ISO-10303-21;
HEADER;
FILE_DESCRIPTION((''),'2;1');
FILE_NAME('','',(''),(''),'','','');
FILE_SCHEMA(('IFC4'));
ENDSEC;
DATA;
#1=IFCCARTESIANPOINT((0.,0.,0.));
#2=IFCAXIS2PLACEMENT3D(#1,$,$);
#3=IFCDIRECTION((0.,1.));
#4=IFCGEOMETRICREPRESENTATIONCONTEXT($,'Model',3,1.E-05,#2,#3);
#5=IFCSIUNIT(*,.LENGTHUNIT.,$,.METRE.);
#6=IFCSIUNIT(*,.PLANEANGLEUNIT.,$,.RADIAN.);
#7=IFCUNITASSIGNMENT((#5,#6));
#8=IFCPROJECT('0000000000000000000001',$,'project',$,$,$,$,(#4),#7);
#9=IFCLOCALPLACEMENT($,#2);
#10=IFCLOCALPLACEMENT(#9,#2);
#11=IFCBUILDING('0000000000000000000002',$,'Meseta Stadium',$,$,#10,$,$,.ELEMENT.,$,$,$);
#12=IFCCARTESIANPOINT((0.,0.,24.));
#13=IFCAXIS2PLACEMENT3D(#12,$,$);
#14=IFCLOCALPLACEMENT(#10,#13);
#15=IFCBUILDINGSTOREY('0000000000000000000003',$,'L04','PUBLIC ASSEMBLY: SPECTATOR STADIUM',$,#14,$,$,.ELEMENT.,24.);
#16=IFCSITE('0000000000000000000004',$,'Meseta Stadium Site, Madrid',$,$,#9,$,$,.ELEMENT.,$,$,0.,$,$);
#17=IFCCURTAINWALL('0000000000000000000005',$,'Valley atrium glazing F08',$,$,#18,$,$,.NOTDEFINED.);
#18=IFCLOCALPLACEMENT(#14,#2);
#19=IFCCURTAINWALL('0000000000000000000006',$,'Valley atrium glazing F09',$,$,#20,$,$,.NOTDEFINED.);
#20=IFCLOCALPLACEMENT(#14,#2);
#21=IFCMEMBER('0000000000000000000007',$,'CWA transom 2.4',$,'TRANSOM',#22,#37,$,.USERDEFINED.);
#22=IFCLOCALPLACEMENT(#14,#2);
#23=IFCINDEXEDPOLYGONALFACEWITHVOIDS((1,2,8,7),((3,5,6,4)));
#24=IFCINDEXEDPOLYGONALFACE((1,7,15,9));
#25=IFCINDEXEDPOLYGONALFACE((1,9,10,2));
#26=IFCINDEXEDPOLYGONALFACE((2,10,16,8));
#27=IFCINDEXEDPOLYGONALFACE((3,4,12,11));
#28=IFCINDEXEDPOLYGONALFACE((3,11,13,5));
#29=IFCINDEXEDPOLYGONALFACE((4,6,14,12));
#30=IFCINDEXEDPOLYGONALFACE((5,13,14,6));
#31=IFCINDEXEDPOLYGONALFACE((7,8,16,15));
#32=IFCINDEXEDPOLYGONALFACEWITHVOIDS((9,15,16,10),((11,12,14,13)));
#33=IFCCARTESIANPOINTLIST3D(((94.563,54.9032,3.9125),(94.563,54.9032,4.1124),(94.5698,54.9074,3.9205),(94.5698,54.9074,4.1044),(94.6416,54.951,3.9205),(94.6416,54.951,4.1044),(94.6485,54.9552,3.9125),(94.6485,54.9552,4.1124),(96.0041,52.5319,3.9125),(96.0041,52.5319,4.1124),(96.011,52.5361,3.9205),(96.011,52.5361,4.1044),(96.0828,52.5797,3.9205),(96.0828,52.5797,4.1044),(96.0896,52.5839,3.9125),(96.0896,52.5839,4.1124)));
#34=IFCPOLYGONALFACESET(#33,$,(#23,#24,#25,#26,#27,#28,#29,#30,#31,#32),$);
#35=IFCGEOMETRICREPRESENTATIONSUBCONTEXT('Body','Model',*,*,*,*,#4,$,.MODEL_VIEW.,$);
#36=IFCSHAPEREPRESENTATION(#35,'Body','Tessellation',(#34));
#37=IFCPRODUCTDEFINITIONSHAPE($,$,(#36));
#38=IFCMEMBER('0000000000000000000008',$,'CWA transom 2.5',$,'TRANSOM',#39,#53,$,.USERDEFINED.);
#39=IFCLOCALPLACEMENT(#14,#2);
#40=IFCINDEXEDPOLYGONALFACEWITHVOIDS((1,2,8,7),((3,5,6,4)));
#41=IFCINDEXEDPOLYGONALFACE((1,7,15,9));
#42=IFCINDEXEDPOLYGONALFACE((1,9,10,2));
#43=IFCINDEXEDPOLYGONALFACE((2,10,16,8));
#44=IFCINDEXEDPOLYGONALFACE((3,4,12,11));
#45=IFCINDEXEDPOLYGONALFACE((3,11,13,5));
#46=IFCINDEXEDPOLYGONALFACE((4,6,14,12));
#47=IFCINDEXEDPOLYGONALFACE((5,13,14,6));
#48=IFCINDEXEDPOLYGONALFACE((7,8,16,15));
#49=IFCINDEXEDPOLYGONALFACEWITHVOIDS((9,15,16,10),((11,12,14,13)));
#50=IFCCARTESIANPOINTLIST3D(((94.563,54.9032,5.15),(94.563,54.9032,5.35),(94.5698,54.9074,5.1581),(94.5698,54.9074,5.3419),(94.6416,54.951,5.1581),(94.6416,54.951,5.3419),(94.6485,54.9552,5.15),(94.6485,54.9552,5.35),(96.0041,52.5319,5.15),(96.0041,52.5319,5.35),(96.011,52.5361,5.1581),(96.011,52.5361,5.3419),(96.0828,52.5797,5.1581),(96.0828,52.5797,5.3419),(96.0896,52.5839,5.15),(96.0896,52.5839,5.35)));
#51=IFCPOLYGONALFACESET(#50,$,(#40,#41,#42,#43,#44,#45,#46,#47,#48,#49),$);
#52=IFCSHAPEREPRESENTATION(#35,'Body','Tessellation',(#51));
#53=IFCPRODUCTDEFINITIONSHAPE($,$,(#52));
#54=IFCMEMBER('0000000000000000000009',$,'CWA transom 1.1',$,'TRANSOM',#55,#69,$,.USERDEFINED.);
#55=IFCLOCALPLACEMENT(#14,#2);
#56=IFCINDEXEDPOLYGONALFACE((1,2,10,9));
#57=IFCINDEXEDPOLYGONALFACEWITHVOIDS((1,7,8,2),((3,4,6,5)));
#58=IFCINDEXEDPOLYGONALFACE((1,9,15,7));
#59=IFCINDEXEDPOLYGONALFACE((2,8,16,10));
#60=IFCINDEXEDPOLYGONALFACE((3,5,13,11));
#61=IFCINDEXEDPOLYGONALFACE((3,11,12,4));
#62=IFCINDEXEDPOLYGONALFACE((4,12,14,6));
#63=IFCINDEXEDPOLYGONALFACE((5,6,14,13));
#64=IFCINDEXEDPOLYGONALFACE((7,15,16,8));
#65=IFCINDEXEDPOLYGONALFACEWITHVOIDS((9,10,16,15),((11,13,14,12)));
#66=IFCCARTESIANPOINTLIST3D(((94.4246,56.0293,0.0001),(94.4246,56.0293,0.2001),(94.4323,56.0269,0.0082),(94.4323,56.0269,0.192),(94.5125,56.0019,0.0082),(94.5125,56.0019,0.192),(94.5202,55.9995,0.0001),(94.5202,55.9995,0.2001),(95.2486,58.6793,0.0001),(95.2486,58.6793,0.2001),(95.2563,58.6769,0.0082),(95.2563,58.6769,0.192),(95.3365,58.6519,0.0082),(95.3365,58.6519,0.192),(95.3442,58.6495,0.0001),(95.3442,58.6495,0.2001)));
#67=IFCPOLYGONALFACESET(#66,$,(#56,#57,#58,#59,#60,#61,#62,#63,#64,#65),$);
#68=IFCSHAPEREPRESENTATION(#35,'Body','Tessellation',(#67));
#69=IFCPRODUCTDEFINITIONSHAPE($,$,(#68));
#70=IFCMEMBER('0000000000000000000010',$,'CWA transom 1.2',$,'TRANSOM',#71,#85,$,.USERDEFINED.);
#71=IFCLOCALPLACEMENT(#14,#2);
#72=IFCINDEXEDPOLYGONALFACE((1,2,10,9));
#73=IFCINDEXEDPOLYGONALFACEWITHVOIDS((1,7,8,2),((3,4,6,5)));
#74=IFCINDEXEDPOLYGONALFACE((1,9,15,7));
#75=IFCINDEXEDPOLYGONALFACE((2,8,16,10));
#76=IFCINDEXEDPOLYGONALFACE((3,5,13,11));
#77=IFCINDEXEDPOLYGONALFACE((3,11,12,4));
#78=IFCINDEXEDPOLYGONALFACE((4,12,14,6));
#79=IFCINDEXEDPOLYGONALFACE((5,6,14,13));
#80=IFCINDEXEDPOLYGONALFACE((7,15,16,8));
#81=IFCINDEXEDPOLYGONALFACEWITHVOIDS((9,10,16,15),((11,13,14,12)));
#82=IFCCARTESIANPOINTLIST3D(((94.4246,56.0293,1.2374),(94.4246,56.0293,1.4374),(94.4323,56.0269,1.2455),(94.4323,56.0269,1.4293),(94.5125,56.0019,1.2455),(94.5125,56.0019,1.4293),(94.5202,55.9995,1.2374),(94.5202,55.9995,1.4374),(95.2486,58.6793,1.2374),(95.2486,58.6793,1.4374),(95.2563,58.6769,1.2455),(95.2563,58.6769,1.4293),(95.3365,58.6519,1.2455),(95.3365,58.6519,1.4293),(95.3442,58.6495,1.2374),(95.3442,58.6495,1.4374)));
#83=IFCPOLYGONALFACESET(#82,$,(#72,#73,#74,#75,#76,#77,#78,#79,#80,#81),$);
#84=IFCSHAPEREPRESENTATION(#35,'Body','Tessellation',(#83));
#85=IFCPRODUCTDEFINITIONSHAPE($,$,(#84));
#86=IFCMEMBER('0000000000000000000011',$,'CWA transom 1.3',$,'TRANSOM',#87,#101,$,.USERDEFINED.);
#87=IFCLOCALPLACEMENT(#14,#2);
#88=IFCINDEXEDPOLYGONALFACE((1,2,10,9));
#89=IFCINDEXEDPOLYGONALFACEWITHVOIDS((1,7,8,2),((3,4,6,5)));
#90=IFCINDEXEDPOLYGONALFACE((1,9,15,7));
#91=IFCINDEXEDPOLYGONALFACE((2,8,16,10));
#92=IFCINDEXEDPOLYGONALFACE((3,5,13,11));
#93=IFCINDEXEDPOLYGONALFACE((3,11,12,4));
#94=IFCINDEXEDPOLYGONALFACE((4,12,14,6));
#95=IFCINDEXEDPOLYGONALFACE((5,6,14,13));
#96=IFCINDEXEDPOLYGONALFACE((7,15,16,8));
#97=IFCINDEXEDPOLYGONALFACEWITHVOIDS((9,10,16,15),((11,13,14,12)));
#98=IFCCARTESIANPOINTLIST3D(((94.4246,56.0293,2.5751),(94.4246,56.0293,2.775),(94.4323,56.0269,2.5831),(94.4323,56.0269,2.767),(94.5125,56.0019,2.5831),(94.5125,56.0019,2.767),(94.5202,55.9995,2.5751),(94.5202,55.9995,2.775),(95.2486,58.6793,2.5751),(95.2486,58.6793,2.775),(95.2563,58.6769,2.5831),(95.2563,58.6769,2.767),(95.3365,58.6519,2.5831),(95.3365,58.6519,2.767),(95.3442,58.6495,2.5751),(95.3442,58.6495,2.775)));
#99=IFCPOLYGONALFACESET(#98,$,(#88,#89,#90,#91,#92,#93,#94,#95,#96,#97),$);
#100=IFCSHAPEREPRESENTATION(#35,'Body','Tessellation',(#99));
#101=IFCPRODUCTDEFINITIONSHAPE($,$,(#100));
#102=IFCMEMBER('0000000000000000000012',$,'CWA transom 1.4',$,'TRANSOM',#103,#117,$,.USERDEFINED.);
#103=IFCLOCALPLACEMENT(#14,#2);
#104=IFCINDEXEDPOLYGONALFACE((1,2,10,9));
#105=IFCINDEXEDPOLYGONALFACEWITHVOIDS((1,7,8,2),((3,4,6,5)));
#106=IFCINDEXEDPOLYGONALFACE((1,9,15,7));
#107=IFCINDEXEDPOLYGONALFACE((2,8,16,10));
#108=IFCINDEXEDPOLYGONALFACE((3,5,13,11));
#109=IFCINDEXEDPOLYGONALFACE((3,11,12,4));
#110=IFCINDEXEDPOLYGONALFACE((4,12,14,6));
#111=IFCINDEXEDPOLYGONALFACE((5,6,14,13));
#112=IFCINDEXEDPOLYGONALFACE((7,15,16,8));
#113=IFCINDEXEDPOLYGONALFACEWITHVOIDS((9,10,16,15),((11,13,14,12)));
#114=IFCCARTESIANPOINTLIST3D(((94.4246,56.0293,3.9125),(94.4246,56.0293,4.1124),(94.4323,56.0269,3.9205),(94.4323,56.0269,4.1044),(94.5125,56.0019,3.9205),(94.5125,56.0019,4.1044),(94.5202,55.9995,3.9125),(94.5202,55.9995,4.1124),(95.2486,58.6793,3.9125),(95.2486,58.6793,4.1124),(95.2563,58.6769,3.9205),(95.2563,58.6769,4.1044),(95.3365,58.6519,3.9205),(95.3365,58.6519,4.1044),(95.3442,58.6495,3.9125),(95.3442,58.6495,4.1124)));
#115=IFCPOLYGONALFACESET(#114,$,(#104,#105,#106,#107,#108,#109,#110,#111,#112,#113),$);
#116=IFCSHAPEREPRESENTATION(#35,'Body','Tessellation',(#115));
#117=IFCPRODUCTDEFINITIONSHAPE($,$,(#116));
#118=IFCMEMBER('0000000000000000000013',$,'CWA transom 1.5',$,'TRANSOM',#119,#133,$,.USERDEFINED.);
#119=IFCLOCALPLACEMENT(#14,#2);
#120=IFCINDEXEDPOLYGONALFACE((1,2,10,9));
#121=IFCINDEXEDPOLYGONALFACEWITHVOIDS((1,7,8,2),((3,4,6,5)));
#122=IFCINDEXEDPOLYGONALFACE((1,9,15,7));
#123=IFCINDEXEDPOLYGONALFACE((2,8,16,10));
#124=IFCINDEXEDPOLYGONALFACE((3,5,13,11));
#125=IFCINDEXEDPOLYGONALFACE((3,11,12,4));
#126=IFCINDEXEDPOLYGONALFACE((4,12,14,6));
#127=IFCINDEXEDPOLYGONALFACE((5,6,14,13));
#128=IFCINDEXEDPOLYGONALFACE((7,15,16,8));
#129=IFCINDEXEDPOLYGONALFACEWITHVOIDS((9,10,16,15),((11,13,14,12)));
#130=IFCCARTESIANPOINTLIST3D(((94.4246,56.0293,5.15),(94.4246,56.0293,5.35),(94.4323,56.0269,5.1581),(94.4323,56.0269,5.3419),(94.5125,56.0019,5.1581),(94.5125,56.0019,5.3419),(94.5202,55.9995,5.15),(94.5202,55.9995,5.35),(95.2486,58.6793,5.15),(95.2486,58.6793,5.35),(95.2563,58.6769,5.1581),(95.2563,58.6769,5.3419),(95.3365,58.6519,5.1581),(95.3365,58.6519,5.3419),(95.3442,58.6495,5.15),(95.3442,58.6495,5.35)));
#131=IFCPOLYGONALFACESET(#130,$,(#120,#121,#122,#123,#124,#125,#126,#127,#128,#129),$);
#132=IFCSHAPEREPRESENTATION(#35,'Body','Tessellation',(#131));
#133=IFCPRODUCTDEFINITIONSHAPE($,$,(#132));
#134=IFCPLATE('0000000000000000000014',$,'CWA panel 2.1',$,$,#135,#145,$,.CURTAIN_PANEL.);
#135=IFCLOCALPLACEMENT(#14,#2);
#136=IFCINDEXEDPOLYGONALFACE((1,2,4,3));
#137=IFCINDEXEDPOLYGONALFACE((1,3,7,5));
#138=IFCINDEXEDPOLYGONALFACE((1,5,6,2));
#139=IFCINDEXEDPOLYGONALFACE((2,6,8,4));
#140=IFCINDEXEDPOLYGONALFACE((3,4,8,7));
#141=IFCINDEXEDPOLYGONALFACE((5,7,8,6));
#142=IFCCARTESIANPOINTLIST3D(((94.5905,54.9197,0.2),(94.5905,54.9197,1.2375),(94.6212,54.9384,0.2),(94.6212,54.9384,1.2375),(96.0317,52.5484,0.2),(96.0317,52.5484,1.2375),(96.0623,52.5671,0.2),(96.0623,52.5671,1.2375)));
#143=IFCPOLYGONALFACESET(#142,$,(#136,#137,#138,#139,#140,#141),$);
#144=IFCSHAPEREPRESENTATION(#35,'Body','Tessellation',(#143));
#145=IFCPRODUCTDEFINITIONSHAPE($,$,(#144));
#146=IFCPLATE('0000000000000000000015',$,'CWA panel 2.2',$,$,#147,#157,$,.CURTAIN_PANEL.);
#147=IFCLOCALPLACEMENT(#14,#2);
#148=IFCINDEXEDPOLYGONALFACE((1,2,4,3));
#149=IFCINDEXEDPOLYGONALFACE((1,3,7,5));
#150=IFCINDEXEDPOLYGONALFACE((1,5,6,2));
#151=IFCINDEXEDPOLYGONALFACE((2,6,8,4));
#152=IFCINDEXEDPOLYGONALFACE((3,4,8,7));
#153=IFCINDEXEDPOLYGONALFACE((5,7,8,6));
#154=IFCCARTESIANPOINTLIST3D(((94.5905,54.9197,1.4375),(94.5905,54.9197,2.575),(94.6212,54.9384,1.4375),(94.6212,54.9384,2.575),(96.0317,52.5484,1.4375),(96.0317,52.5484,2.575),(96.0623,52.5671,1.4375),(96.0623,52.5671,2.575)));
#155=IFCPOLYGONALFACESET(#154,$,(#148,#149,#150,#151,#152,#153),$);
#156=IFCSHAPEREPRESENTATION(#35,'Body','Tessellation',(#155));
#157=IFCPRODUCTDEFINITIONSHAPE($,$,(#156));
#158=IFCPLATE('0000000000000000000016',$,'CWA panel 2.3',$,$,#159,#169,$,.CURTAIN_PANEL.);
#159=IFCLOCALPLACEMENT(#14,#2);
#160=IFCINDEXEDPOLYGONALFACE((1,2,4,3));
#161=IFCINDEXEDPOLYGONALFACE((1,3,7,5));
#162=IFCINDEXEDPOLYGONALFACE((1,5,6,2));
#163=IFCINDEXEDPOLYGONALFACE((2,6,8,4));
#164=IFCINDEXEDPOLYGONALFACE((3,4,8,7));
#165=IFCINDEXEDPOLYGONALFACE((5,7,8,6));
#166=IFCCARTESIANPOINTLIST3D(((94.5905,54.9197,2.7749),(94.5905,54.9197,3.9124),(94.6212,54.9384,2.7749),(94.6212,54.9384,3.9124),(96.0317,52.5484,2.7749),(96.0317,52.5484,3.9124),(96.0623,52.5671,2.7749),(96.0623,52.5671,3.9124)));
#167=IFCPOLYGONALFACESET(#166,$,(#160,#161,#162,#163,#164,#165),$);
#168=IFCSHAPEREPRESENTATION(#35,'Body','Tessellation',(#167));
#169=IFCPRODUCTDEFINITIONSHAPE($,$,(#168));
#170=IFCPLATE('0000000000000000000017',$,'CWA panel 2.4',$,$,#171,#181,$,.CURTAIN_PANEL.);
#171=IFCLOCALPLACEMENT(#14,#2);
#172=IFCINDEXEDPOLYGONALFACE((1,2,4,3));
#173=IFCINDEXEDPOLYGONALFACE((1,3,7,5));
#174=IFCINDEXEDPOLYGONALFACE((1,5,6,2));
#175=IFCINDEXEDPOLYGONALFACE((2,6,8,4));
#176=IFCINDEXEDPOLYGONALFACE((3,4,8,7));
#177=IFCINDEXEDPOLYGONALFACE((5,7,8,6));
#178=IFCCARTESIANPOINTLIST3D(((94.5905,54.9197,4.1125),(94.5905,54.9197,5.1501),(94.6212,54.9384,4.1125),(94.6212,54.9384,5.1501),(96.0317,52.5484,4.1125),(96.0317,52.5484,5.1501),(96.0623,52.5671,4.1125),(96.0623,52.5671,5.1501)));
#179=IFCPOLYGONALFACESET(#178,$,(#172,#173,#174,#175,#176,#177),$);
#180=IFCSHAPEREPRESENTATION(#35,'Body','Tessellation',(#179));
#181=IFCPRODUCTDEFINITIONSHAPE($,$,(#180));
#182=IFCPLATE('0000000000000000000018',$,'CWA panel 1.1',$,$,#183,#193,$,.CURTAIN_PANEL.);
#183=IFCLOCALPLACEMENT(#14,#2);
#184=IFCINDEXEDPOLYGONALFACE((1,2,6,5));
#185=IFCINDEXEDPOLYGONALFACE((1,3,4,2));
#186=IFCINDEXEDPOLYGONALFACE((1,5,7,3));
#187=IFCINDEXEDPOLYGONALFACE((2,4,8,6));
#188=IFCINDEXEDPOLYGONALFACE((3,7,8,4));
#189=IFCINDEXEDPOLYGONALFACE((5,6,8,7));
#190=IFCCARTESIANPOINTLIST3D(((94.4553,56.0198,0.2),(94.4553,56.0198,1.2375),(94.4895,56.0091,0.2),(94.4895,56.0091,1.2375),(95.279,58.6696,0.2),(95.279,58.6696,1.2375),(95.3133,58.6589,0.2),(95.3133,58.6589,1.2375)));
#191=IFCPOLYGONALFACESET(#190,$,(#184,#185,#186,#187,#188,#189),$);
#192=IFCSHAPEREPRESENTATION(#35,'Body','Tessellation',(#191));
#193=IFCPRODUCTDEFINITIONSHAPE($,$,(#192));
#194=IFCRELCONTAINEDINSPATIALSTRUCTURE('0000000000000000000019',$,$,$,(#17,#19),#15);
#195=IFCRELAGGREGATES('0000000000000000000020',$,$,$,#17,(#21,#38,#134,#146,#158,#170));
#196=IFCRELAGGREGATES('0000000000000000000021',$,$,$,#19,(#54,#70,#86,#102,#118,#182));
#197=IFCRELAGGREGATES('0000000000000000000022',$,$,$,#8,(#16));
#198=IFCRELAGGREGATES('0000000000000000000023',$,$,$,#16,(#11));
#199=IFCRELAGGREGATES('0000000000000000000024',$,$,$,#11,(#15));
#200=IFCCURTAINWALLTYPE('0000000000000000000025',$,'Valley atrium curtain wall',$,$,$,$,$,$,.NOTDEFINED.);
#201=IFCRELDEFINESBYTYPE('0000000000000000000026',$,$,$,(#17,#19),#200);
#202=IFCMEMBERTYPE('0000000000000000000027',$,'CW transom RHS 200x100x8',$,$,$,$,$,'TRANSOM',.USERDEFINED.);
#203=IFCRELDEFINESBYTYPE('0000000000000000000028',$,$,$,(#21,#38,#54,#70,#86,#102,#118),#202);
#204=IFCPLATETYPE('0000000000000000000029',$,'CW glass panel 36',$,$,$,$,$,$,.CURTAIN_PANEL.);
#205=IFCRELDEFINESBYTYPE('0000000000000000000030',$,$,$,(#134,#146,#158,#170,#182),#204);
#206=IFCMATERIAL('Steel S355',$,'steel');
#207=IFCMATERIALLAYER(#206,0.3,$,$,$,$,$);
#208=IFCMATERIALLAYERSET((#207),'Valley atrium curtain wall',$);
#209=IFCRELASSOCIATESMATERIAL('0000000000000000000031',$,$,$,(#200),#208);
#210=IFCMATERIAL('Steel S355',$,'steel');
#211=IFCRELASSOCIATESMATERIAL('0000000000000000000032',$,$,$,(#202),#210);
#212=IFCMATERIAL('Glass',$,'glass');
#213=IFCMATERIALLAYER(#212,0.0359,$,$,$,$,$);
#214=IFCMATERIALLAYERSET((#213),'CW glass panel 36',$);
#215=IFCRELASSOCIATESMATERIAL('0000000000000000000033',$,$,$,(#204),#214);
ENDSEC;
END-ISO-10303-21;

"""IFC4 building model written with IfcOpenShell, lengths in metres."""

from ifc_helpers import new_model, si_unit, direction, frame, origin, origin_2d, place, context, subcontext, project, spatial, rectangle, hollow_rectangle, extrude, material, layer, layer_set, material_profile, profile_set, type_object, element, aggregate, save


model = new_model("IFC4")

# Units and contexts
model_context = context("Model", 3, precision=1e-05, world=origin(), true_north=direction((0.0, 1.0)))
body_context = subcontext(model_context, "Body", "Model", "MODEL_VIEW")
ifc_project = project(units=[si_unit("LENGTHUNIT", "METRE"), si_unit("PLANEANGLEUNIT", "RADIAN")], contexts=[model_context])

# Site, building, storey
site_placement = place(None, origin())
site = spatial("IfcSite", under=ifc_project, at=site_placement, Name="Meseta Stadium Site, Madrid", CompositionType="ELEMENT", RefElevation=0.0)
building_placement = place(site_placement, origin())
building = spatial("IfcBuilding", under=site, at=building_placement, Name="Meseta Stadium", CompositionType="ELEMENT")
storey_placement = place(building_placement, frame((0.0, 0.0, 24.0)))
storey = spatial("IfcBuildingStorey", under=building, at=storey_placement, Name="L04", Description="PUBLIC ASSEMBLY: SPECTATOR STADIUM", CompositionType="ELEMENT", Elevation=24.0)

# Curtain wall
ifc_material_1 = material(Name="Steel S355", Category="steel")
ifc_layer_1 = layer(ifc_material_1, 0.3)
ifc_layer_set_1 = layer_set([ifc_layer_1], Name="Valley atrium curtain wall")
curtain_wall_type = type_object("IfcCurtainWallType", Name="Valley atrium curtain wall", PredefinedType="NOTDEFINED", material=ifc_layer_set_1)
curtain_wall_1_placement = place(storey_placement, origin())
curtain_wall_1 = element("IfcCurtainWall", 1, at=curtain_wall_1_placement, inside=storey, type_object=curtain_wall_type, Name="Valley atrium glazing F08", PredefinedType="NOTDEFINED")

# Curtain wall
curtain_wall_2_placement = place(storey_placement, origin())
curtain_wall_2 = element("IfcCurtainWall", 2, at=curtain_wall_2_placement, inside=storey, type_object=curtain_wall_type, Name="Valley atrium glazing F09", PredefinedType="NOTDEFINED")

# Members
ifc_material_2 = material(Name="Steel S355", Category="steel")
ifc_material_profile_1 = material_profile(ifc_material_2, hollow_rectangle(XDim=0.1001, YDim=0.2, WallThickness=0.0081, at=origin_2d()), Name="RHS 200x100x8")
ifc_profile_set_1 = profile_set([ifc_material_profile_1], Name="Steel S355")
member_type_1 = type_object("IfcMemberType", Name="CW transom RHS 200x100x8", ElementType="TRANSOM", PredefinedType="USERDEFINED", material=ifc_profile_set_1)
member_1_placement = place(storey_placement, frame((96.0469, 52.5579, 4.0125), z_axis=(-0.519352, 0.85456, 0.0), x_axis=(-0.85456, -0.519352, 0.0)))
member_1 = element("IfcMember", 3, at=member_1_placement, type_object=member_type_1, Name="CWA transom 2.4", ObjectType="TRANSOM", PredefinedType="USERDEFINED", context=body_context, shape_type="SweptSolid", body=[
    extrude(hollow_rectangle(XDim=0.1001, YDim=0.2, WallThickness=0.0081, at=origin_2d()), origin(), (0.0, 0.0, 1.0), 2.7749),
])
member_2_placement = place(storey_placement, frame((96.0469, 52.5579, 5.25), z_axis=(-0.519352, 0.85456, 0.0), x_axis=(-0.85456, -0.519352, 0.0)))
member_2 = element("IfcMember", 4, at=member_2_placement, type_object=member_type_1, Name="CWA transom 2.5", ObjectType="TRANSOM", PredefinedType="USERDEFINED", context=body_context, shape_type="SweptSolid", body=[
    extrude(hollow_rectangle(XDim=0.1001, YDim=0.2, WallThickness=0.0081, at=origin_2d()), origin(), (0.0, 0.0, 1.0), 2.7749),
])
member_3_placement = place(storey_placement, frame((94.4724, 56.0144, 0.1001), z_axis=(0.296922, 0.954902, 0.0), x_axis=(-0.954902, 0.296922, 0.0)))
member_3 = element("IfcMember", 5, at=member_3_placement, type_object=member_type_1, Name="CWA transom 1.1", ObjectType="TRANSOM", PredefinedType="USERDEFINED", context=body_context, shape_type="SweptSolid", body=[
    extrude(hollow_rectangle(XDim=0.1001, YDim=0.2, WallThickness=0.0081, at=origin_2d()), origin(), (0.0, 0.0, 1.0), 2.7751),
])
member_4_placement = place(storey_placement, frame((94.4724, 56.0144, 1.3374), z_axis=(0.296922, 0.954902, 0.0), x_axis=(-0.954902, 0.296922, 0.0)))
member_4 = element("IfcMember", 6, at=member_4_placement, type_object=member_type_1, Name="CWA transom 1.2", ObjectType="TRANSOM", PredefinedType="USERDEFINED", context=body_context, shape_type="SweptSolid", body=[
    extrude(hollow_rectangle(XDim=0.1001, YDim=0.2, WallThickness=0.0081, at=origin_2d()), origin(), (0.0, 0.0, 1.0), 2.7751),
])
member_5_placement = place(storey_placement, frame((94.4724, 56.0144, 2.675), z_axis=(0.296922, 0.954902, 0.0), x_axis=(-0.954902, 0.296922, 0.0)))
member_5 = element("IfcMember", 7, at=member_5_placement, type_object=member_type_1, Name="CWA transom 1.3", ObjectType="TRANSOM", PredefinedType="USERDEFINED", context=body_context, shape_type="SweptSolid", body=[
    extrude(hollow_rectangle(XDim=0.1001, YDim=0.2, WallThickness=0.0081, at=origin_2d()), origin(), (0.0, 0.0, 1.0), 2.7751),
])
member_6_placement = place(storey_placement, frame((94.4724, 56.0144, 4.0125), z_axis=(0.296922, 0.954902, 0.0), x_axis=(-0.954902, 0.296922, 0.0)))
member_6 = element("IfcMember", 8, at=member_6_placement, type_object=member_type_1, Name="CWA transom 1.4", ObjectType="TRANSOM", PredefinedType="USERDEFINED", context=body_context, shape_type="SweptSolid", body=[
    extrude(hollow_rectangle(XDim=0.1001, YDim=0.2, WallThickness=0.0081, at=origin_2d()), origin(), (0.0, 0.0, 1.0), 2.7751),
])
member_7_placement = place(storey_placement, frame((94.4724, 56.0144, 5.25), z_axis=(0.296922, 0.954902, 0.0), x_axis=(-0.954902, 0.296922, 0.0)))
member_7 = element("IfcMember", 9, at=member_7_placement, type_object=member_type_1, Name="CWA transom 1.5", ObjectType="TRANSOM", PredefinedType="USERDEFINED", context=body_context, shape_type="SweptSolid", body=[
    extrude(hollow_rectangle(XDim=0.1001, YDim=0.2, WallThickness=0.0081, at=origin_2d()), origin(), (0.0, 0.0, 1.0), 2.7751),
])

# Plates
ifc_material_3 = material(Name="Glass", Category="glass")
ifc_layer_2 = layer(ifc_material_3, 0.0359)
ifc_layer_set_2 = layer_set([ifc_layer_2], Name="CW glass panel 36")
plate_type = type_object("IfcPlateType", Name="CW glass panel 36", PredefinedType="CURTAIN_PANEL", material=ifc_layer_set_2)
plate_1_placement = place(storey_placement, frame((95.3264, 53.7434, 0.2), z_axis=(0.0, 0.0, 1.0), x_axis=(-0.519362, 0.854554, 0.0)))
plate_1 = element("IfcPlate", 10, at=plate_1_placement, type_object=plate_type, Name="CWA panel 2.1", PredefinedType="CURTAIN_PANEL", context=body_context, shape_type="SweptSolid", body=[
    extrude(rectangle(XDim=2.7749, YDim=0.0359, at=origin_2d()), origin(), (0.0, 0.0, 1.0), 1.0376),
])
plate_2_placement = place(storey_placement, frame((95.3264, 53.7434, 1.4375), z_axis=(0.0, 0.0, 1.0), x_axis=(-0.519362, 0.854554, 0.0)))
plate_2 = element("IfcPlate", 11, at=plate_2_placement, type_object=plate_type, Name="CWA panel 2.2", PredefinedType="CURTAIN_PANEL", context=body_context, shape_type="SweptSolid", body=[
    extrude(rectangle(XDim=2.7749, YDim=0.0359, at=origin_2d()), origin(), (0.0, 0.0, 1.0), 1.1375),
])
plate_3_placement = place(storey_placement, frame((95.3264, 53.7434, 2.7749), z_axis=(0.0, 0.0, 1.0), x_axis=(-0.519362, 0.854554, 0.0)))
plate_3 = element("IfcPlate", 12, at=plate_3_placement, type_object=plate_type, Name="CWA panel 2.3", PredefinedType="CURTAIN_PANEL", context=body_context, shape_type="SweptSolid", body=[
    extrude(rectangle(XDim=2.7749, YDim=0.0359, at=origin_2d()), origin(), (0.0, 0.0, 1.0), 1.1375),
])
plate_4_placement = place(storey_placement, frame((95.3264, 53.7434, 4.1125), z_axis=(0.0, 0.0, 1.0), x_axis=(-0.519362, 0.854554, 0.0)))
plate_4 = element("IfcPlate", 13, at=plate_4_placement, type_object=plate_type, Name="CWA panel 2.4", PredefinedType="CURTAIN_PANEL", context=body_context, shape_type="SweptSolid", body=[
    extrude(rectangle(XDim=2.7749, YDim=0.0359, at=origin_2d()), origin(), (0.0, 0.0, 1.0), 1.0376),
])
aggregate(curtain_wall_1, [member_1, member_2, plate_1, plate_2, plate_3, plate_4])
plate_5_placement = place(storey_placement, frame((94.8843, 57.3394, 0.2), z_axis=(0.0, 0.0, 1.0), x_axis=(0.296869, 0.954918, 0.0)))
plate_5 = element("IfcPlate", 14, at=plate_5_placement, type_object=plate_type, Name="CWA panel 1.1", PredefinedType="CURTAIN_PANEL", context=body_context, shape_type="SweptSolid", body=[
    extrude(rectangle(XDim=2.7749, YDim=0.0359, at=origin_2d()), origin(), (0.0, 0.0, 1.0), 1.0376),
])
aggregate(curtain_wall_2, [member_3, member_4, member_5, member_6, member_7, plate_5])

save(model, "model.ifc")
